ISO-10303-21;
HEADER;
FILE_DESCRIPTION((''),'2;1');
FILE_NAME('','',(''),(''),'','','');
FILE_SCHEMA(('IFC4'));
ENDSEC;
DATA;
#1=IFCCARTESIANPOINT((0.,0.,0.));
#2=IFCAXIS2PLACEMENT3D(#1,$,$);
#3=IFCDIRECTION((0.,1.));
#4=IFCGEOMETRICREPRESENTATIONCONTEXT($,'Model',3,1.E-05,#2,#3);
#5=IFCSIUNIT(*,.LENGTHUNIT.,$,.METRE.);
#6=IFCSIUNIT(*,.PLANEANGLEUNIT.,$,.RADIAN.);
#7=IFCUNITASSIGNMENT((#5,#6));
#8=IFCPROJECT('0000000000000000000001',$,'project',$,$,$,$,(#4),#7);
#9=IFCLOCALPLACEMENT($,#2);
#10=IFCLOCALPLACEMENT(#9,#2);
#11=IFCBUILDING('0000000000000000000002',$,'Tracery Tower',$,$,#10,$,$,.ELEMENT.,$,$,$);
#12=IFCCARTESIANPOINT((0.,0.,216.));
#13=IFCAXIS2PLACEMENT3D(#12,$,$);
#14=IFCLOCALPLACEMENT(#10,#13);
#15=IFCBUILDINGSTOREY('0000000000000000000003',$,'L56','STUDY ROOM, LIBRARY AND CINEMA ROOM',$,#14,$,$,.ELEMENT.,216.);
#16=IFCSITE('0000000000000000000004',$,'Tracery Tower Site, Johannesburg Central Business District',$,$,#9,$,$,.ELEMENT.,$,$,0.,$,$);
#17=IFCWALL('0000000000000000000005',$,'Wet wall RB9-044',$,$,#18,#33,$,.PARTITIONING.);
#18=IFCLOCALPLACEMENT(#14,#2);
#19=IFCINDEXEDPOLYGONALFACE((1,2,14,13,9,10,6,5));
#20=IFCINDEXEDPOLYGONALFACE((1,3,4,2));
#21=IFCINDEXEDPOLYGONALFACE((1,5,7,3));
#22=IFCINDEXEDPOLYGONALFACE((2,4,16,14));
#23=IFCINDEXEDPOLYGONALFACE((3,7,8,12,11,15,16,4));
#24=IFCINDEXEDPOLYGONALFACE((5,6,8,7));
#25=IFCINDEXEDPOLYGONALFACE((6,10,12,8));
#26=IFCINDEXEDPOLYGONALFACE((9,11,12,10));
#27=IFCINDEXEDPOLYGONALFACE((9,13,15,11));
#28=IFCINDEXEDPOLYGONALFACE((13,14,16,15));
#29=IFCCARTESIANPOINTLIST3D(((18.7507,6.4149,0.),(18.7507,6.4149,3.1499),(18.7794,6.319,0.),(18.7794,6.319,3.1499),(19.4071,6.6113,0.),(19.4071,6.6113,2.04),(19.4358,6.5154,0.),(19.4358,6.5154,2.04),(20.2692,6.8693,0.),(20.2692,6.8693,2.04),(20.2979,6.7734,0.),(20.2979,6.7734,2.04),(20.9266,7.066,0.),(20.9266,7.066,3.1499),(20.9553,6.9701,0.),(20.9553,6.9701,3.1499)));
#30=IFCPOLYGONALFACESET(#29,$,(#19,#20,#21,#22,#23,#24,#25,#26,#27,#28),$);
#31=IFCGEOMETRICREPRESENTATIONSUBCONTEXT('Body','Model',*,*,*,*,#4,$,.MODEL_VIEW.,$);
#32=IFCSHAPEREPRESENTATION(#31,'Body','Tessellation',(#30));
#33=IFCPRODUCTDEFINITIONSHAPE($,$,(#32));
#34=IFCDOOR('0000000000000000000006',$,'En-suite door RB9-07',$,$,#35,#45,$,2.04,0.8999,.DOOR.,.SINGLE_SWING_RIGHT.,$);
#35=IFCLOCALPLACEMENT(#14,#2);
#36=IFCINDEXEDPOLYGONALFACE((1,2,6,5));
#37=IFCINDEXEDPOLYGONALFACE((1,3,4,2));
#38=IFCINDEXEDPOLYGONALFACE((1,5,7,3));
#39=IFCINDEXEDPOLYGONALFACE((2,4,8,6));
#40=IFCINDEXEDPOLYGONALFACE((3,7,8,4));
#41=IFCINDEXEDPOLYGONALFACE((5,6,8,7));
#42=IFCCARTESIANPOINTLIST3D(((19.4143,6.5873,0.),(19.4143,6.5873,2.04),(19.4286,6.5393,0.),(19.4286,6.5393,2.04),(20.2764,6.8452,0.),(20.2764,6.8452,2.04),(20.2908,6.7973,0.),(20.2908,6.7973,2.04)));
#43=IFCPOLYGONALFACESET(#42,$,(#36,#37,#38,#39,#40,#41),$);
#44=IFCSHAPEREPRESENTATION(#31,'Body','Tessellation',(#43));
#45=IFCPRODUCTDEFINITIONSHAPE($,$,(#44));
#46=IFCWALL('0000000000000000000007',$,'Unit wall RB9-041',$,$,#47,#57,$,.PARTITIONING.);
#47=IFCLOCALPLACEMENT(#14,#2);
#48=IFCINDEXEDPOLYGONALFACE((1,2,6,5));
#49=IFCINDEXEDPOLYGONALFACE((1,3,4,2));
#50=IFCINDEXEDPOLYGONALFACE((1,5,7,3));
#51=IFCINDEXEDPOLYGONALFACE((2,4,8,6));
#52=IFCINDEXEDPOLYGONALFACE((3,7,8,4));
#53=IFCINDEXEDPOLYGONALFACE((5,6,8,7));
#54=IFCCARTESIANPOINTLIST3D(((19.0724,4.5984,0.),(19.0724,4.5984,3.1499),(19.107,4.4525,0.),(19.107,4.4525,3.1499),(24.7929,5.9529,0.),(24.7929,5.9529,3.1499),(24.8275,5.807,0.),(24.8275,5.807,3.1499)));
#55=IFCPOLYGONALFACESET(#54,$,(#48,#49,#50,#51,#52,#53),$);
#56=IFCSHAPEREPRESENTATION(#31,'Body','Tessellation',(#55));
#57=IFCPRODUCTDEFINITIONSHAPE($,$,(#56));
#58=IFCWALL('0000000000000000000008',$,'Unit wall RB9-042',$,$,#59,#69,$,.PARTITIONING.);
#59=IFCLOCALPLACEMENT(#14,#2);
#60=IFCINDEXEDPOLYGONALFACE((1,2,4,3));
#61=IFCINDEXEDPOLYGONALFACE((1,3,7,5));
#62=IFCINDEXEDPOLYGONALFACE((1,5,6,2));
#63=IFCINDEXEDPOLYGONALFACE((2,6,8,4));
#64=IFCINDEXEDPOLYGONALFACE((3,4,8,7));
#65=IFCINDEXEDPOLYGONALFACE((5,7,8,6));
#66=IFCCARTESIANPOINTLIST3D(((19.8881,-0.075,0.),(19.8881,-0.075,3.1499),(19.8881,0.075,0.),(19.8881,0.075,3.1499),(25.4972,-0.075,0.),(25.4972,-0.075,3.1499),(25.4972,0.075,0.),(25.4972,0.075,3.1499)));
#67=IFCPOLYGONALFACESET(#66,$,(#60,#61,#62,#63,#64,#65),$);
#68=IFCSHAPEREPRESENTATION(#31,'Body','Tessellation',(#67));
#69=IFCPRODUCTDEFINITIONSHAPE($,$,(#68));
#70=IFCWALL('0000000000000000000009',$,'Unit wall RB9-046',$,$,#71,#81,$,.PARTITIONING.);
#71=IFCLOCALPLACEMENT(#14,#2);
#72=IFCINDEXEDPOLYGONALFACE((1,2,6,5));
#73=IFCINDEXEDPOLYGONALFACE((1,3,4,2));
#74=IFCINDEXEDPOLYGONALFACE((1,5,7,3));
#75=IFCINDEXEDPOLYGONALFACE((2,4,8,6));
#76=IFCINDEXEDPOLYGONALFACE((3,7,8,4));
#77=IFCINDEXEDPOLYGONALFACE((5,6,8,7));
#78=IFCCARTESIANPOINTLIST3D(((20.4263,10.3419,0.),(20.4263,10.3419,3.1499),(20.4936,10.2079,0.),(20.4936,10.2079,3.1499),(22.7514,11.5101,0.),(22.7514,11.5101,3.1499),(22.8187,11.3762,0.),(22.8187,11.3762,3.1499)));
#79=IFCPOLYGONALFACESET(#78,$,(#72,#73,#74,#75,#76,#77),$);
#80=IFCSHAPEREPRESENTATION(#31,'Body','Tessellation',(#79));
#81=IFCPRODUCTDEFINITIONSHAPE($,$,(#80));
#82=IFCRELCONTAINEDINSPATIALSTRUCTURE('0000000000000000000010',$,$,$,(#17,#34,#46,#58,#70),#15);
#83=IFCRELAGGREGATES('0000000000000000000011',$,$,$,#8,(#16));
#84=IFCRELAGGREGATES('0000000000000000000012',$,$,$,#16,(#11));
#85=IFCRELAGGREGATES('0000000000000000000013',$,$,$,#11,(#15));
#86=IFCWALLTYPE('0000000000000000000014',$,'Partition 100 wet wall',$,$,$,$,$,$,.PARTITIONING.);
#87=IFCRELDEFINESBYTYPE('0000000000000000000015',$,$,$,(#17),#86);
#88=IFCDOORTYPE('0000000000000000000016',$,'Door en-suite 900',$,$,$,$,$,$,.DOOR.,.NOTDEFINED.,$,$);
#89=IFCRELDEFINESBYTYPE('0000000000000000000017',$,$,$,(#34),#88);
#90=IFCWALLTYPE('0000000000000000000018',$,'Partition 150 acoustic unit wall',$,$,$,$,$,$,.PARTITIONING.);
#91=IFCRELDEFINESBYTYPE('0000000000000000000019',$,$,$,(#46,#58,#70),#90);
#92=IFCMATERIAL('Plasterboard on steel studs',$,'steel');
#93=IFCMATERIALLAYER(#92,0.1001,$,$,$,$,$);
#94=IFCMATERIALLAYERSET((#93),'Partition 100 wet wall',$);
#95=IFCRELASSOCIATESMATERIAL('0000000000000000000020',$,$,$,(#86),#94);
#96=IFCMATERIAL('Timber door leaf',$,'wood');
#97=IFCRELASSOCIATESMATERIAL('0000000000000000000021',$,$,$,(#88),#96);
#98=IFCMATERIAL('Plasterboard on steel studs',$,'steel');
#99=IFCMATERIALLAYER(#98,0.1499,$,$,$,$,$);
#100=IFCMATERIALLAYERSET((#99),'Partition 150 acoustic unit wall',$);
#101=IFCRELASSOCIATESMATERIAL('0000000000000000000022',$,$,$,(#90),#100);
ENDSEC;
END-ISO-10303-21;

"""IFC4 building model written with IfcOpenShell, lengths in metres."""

from ifc_helpers import new_model, si_unit, direction, frame, frame_2d, origin, place, context, subcontext, project, spatial, rectangle, extrude, material, layer, layer_set, type_object, element, fill, save


model = new_model("IFC4")

# Units and contexts
model_context = context("Model", 3, precision=1e-05, world=origin(), true_north=direction((0.0, 1.0)))
body_context = subcontext(model_context, "Body", "Model", "MODEL_VIEW")
ifc_project = project(units=[si_unit("LENGTHUNIT", "METRE"), si_unit("PLANEANGLEUNIT", "RADIAN")], contexts=[model_context])

# Site, building, storey
site_placement = place(None, origin())
site = spatial("IfcSite", under=ifc_project, at=site_placement, Name="Tracery Tower Site, Johannesburg Central Business District", CompositionType="ELEMENT", RefElevation=0.0)
building_placement = place(site_placement, origin())
building = spatial("IfcBuilding", under=site, at=building_placement, Name="Tracery Tower", CompositionType="ELEMENT")
storey_placement = place(building_placement, frame((0.0, 0.0, 216.0)))
storey = spatial("IfcBuildingStorey", under=building, at=storey_placement, Name="L56", Description="STUDY ROOM, LIBRARY AND CINEMA ROOM", CompositionType="ELEMENT", Elevation=216.0)

# Shared definitions
ifc_material_1 = material(Name="Plasterboard on steel studs", Category="steel")
ifc_layer_1 = layer(ifc_material_1, 0.1001)
ifc_layer_set_1 = layer_set([ifc_layer_1], Name="Partition 100 wet wall")
wall_type_1 = type_object("IfcWallType", Name="Partition 100 wet wall", PredefinedType="PARTITIONING", material=ifc_layer_set_1)

# Shared definitions
ifc_material_2 = material(Name="Timber door leaf", Category="wood")
door_type = type_object("IfcDoorType", Name="Door en-suite 900", OperationType="NOTDEFINED", PredefinedType="DOOR", material=ifc_material_2)

# Wall, opening, door
wall_1_placement = place(storey_placement, frame((18.7649, 6.3669, 0.0), z_axis=(0.0, 0.0, 1.0), x_axis=(0.95803, 0.286667, 0.0)))
wall_1 = element("IfcWall", 1, at=wall_1_placement, inside=storey, type_object=wall_type_1, Name="Wet wall RB9-044", PredefinedType="PARTITIONING", context=body_context, shape_type="SweptSolid", body=[
    extrude(rectangle(XDim=2.2712, YDim=0.1001, at=frame_2d((1.1357, 0.0))), origin(), (0.0, 0.0, 1.0), 3.1499),
])
opening_1_placement = place(wall_1_placement, frame((0.6853, 0.0, 0.0)))
opening_1 = element("IfcOpeningElement", 2, at=opening_1_placement, cuts=wall_1, PredefinedType="OPENING", context=body_context, shape_type="SweptSolid", body=[
    extrude(rectangle(XDim=0.8999, YDim=2.04, at=frame_2d((0.45, 1.02))), frame((0.0, 0.05, 0.0), z_axis=(0.0, -1.0, 0.0), x_axis=(1.0, 0.0, 0.0)), (0.0, 0.0, 1.0), 0.1001),
])
door_1_placement = place(opening_1_placement, origin())
door_1 = element("IfcDoor", 3, at=door_1_placement, inside=storey, type_object=door_type, Name="En-suite door RB9-07", OperationType="SINGLE_SWING_RIGHT", OverallHeight=2.04, OverallWidth=0.8999, PredefinedType="DOOR", context=body_context, shape_type="SweptSolid", body=[
    extrude(rectangle(XDim=0.8999, YDim=2.04, at=frame_2d((0.45, 1.02))), frame((0.0, 0.0249, 0.0), z_axis=(0.0, -1.0, 0.0), x_axis=(1.0, 0.0, 0.0)), (0.0, 0.0, 1.0), 0.05),
])
fill(opening_1, door_1)

# Walls
ifc_material_3 = material(Name="Plasterboard on steel studs", Category="steel")
ifc_layer_2 = layer(ifc_material_3, 0.1499)
ifc_layer_set_2 = layer_set([ifc_layer_2], Name="Partition 150 acoustic unit wall")
wall_type_2 = type_object("IfcWallType", Name="Partition 150 acoustic unit wall", PredefinedType="PARTITIONING", material=ifc_layer_set_2)
wall_2_placement = place(storey_placement, frame((19.0896, 4.5254, 0.0), z_axis=(0.0, 0.0, 1.0), x_axis=(0.973094, 0.230409, 0.0)))
element("IfcWall", 4, at=wall_2_placement, inside=storey, type_object=wall_type_2, Name="Unit wall RB9-041", PredefinedType="PARTITIONING", context=body_context, shape_type="SweptSolid", body=[
    extrude(rectangle(XDim=5.8787, YDim=0.1499, at=frame_2d((2.9395, 0.0))), origin(), (0.0, 0.0, 1.0), 3.1499),
])
wall_3_placement = place(storey_placement, frame((19.8879, 0.0, 0.0), z_axis=(0.0, 0.0, 1.0), x_axis=(1.0, 0.0, 0.0)))
element("IfcWall", 5, at=wall_3_placement, inside=storey, type_object=wall_type_2, Name="Unit wall RB9-042", PredefinedType="PARTITIONING", context=body_context, shape_type="SweptSolid", body=[
    extrude(rectangle(XDim=5.6091, YDim=0.1499, at=frame_2d((2.8047, 0.0))), origin(), (0.0, 0.0, 1.0), 3.1499),
])
wall_4_placement = place(storey_placement, frame((20.46, 10.2749, 0.0), z_axis=(0.0, 0.0, 1.0), x_axis=(0.893543, 0.448977, 0.0)))
element("IfcWall", 6, at=wall_4_placement, inside=storey, type_object=wall_type_2, Name="Unit wall RB9-046", PredefinedType="PARTITIONING", context=body_context, shape_type="SweptSolid", body=[
    extrude(rectangle(XDim=2.6021, YDim=0.1499, at=frame_2d((1.301, 0.0))), origin(), (0.0, 0.0, 1.0), 3.1499),
])

save(model, "model.ifc")
